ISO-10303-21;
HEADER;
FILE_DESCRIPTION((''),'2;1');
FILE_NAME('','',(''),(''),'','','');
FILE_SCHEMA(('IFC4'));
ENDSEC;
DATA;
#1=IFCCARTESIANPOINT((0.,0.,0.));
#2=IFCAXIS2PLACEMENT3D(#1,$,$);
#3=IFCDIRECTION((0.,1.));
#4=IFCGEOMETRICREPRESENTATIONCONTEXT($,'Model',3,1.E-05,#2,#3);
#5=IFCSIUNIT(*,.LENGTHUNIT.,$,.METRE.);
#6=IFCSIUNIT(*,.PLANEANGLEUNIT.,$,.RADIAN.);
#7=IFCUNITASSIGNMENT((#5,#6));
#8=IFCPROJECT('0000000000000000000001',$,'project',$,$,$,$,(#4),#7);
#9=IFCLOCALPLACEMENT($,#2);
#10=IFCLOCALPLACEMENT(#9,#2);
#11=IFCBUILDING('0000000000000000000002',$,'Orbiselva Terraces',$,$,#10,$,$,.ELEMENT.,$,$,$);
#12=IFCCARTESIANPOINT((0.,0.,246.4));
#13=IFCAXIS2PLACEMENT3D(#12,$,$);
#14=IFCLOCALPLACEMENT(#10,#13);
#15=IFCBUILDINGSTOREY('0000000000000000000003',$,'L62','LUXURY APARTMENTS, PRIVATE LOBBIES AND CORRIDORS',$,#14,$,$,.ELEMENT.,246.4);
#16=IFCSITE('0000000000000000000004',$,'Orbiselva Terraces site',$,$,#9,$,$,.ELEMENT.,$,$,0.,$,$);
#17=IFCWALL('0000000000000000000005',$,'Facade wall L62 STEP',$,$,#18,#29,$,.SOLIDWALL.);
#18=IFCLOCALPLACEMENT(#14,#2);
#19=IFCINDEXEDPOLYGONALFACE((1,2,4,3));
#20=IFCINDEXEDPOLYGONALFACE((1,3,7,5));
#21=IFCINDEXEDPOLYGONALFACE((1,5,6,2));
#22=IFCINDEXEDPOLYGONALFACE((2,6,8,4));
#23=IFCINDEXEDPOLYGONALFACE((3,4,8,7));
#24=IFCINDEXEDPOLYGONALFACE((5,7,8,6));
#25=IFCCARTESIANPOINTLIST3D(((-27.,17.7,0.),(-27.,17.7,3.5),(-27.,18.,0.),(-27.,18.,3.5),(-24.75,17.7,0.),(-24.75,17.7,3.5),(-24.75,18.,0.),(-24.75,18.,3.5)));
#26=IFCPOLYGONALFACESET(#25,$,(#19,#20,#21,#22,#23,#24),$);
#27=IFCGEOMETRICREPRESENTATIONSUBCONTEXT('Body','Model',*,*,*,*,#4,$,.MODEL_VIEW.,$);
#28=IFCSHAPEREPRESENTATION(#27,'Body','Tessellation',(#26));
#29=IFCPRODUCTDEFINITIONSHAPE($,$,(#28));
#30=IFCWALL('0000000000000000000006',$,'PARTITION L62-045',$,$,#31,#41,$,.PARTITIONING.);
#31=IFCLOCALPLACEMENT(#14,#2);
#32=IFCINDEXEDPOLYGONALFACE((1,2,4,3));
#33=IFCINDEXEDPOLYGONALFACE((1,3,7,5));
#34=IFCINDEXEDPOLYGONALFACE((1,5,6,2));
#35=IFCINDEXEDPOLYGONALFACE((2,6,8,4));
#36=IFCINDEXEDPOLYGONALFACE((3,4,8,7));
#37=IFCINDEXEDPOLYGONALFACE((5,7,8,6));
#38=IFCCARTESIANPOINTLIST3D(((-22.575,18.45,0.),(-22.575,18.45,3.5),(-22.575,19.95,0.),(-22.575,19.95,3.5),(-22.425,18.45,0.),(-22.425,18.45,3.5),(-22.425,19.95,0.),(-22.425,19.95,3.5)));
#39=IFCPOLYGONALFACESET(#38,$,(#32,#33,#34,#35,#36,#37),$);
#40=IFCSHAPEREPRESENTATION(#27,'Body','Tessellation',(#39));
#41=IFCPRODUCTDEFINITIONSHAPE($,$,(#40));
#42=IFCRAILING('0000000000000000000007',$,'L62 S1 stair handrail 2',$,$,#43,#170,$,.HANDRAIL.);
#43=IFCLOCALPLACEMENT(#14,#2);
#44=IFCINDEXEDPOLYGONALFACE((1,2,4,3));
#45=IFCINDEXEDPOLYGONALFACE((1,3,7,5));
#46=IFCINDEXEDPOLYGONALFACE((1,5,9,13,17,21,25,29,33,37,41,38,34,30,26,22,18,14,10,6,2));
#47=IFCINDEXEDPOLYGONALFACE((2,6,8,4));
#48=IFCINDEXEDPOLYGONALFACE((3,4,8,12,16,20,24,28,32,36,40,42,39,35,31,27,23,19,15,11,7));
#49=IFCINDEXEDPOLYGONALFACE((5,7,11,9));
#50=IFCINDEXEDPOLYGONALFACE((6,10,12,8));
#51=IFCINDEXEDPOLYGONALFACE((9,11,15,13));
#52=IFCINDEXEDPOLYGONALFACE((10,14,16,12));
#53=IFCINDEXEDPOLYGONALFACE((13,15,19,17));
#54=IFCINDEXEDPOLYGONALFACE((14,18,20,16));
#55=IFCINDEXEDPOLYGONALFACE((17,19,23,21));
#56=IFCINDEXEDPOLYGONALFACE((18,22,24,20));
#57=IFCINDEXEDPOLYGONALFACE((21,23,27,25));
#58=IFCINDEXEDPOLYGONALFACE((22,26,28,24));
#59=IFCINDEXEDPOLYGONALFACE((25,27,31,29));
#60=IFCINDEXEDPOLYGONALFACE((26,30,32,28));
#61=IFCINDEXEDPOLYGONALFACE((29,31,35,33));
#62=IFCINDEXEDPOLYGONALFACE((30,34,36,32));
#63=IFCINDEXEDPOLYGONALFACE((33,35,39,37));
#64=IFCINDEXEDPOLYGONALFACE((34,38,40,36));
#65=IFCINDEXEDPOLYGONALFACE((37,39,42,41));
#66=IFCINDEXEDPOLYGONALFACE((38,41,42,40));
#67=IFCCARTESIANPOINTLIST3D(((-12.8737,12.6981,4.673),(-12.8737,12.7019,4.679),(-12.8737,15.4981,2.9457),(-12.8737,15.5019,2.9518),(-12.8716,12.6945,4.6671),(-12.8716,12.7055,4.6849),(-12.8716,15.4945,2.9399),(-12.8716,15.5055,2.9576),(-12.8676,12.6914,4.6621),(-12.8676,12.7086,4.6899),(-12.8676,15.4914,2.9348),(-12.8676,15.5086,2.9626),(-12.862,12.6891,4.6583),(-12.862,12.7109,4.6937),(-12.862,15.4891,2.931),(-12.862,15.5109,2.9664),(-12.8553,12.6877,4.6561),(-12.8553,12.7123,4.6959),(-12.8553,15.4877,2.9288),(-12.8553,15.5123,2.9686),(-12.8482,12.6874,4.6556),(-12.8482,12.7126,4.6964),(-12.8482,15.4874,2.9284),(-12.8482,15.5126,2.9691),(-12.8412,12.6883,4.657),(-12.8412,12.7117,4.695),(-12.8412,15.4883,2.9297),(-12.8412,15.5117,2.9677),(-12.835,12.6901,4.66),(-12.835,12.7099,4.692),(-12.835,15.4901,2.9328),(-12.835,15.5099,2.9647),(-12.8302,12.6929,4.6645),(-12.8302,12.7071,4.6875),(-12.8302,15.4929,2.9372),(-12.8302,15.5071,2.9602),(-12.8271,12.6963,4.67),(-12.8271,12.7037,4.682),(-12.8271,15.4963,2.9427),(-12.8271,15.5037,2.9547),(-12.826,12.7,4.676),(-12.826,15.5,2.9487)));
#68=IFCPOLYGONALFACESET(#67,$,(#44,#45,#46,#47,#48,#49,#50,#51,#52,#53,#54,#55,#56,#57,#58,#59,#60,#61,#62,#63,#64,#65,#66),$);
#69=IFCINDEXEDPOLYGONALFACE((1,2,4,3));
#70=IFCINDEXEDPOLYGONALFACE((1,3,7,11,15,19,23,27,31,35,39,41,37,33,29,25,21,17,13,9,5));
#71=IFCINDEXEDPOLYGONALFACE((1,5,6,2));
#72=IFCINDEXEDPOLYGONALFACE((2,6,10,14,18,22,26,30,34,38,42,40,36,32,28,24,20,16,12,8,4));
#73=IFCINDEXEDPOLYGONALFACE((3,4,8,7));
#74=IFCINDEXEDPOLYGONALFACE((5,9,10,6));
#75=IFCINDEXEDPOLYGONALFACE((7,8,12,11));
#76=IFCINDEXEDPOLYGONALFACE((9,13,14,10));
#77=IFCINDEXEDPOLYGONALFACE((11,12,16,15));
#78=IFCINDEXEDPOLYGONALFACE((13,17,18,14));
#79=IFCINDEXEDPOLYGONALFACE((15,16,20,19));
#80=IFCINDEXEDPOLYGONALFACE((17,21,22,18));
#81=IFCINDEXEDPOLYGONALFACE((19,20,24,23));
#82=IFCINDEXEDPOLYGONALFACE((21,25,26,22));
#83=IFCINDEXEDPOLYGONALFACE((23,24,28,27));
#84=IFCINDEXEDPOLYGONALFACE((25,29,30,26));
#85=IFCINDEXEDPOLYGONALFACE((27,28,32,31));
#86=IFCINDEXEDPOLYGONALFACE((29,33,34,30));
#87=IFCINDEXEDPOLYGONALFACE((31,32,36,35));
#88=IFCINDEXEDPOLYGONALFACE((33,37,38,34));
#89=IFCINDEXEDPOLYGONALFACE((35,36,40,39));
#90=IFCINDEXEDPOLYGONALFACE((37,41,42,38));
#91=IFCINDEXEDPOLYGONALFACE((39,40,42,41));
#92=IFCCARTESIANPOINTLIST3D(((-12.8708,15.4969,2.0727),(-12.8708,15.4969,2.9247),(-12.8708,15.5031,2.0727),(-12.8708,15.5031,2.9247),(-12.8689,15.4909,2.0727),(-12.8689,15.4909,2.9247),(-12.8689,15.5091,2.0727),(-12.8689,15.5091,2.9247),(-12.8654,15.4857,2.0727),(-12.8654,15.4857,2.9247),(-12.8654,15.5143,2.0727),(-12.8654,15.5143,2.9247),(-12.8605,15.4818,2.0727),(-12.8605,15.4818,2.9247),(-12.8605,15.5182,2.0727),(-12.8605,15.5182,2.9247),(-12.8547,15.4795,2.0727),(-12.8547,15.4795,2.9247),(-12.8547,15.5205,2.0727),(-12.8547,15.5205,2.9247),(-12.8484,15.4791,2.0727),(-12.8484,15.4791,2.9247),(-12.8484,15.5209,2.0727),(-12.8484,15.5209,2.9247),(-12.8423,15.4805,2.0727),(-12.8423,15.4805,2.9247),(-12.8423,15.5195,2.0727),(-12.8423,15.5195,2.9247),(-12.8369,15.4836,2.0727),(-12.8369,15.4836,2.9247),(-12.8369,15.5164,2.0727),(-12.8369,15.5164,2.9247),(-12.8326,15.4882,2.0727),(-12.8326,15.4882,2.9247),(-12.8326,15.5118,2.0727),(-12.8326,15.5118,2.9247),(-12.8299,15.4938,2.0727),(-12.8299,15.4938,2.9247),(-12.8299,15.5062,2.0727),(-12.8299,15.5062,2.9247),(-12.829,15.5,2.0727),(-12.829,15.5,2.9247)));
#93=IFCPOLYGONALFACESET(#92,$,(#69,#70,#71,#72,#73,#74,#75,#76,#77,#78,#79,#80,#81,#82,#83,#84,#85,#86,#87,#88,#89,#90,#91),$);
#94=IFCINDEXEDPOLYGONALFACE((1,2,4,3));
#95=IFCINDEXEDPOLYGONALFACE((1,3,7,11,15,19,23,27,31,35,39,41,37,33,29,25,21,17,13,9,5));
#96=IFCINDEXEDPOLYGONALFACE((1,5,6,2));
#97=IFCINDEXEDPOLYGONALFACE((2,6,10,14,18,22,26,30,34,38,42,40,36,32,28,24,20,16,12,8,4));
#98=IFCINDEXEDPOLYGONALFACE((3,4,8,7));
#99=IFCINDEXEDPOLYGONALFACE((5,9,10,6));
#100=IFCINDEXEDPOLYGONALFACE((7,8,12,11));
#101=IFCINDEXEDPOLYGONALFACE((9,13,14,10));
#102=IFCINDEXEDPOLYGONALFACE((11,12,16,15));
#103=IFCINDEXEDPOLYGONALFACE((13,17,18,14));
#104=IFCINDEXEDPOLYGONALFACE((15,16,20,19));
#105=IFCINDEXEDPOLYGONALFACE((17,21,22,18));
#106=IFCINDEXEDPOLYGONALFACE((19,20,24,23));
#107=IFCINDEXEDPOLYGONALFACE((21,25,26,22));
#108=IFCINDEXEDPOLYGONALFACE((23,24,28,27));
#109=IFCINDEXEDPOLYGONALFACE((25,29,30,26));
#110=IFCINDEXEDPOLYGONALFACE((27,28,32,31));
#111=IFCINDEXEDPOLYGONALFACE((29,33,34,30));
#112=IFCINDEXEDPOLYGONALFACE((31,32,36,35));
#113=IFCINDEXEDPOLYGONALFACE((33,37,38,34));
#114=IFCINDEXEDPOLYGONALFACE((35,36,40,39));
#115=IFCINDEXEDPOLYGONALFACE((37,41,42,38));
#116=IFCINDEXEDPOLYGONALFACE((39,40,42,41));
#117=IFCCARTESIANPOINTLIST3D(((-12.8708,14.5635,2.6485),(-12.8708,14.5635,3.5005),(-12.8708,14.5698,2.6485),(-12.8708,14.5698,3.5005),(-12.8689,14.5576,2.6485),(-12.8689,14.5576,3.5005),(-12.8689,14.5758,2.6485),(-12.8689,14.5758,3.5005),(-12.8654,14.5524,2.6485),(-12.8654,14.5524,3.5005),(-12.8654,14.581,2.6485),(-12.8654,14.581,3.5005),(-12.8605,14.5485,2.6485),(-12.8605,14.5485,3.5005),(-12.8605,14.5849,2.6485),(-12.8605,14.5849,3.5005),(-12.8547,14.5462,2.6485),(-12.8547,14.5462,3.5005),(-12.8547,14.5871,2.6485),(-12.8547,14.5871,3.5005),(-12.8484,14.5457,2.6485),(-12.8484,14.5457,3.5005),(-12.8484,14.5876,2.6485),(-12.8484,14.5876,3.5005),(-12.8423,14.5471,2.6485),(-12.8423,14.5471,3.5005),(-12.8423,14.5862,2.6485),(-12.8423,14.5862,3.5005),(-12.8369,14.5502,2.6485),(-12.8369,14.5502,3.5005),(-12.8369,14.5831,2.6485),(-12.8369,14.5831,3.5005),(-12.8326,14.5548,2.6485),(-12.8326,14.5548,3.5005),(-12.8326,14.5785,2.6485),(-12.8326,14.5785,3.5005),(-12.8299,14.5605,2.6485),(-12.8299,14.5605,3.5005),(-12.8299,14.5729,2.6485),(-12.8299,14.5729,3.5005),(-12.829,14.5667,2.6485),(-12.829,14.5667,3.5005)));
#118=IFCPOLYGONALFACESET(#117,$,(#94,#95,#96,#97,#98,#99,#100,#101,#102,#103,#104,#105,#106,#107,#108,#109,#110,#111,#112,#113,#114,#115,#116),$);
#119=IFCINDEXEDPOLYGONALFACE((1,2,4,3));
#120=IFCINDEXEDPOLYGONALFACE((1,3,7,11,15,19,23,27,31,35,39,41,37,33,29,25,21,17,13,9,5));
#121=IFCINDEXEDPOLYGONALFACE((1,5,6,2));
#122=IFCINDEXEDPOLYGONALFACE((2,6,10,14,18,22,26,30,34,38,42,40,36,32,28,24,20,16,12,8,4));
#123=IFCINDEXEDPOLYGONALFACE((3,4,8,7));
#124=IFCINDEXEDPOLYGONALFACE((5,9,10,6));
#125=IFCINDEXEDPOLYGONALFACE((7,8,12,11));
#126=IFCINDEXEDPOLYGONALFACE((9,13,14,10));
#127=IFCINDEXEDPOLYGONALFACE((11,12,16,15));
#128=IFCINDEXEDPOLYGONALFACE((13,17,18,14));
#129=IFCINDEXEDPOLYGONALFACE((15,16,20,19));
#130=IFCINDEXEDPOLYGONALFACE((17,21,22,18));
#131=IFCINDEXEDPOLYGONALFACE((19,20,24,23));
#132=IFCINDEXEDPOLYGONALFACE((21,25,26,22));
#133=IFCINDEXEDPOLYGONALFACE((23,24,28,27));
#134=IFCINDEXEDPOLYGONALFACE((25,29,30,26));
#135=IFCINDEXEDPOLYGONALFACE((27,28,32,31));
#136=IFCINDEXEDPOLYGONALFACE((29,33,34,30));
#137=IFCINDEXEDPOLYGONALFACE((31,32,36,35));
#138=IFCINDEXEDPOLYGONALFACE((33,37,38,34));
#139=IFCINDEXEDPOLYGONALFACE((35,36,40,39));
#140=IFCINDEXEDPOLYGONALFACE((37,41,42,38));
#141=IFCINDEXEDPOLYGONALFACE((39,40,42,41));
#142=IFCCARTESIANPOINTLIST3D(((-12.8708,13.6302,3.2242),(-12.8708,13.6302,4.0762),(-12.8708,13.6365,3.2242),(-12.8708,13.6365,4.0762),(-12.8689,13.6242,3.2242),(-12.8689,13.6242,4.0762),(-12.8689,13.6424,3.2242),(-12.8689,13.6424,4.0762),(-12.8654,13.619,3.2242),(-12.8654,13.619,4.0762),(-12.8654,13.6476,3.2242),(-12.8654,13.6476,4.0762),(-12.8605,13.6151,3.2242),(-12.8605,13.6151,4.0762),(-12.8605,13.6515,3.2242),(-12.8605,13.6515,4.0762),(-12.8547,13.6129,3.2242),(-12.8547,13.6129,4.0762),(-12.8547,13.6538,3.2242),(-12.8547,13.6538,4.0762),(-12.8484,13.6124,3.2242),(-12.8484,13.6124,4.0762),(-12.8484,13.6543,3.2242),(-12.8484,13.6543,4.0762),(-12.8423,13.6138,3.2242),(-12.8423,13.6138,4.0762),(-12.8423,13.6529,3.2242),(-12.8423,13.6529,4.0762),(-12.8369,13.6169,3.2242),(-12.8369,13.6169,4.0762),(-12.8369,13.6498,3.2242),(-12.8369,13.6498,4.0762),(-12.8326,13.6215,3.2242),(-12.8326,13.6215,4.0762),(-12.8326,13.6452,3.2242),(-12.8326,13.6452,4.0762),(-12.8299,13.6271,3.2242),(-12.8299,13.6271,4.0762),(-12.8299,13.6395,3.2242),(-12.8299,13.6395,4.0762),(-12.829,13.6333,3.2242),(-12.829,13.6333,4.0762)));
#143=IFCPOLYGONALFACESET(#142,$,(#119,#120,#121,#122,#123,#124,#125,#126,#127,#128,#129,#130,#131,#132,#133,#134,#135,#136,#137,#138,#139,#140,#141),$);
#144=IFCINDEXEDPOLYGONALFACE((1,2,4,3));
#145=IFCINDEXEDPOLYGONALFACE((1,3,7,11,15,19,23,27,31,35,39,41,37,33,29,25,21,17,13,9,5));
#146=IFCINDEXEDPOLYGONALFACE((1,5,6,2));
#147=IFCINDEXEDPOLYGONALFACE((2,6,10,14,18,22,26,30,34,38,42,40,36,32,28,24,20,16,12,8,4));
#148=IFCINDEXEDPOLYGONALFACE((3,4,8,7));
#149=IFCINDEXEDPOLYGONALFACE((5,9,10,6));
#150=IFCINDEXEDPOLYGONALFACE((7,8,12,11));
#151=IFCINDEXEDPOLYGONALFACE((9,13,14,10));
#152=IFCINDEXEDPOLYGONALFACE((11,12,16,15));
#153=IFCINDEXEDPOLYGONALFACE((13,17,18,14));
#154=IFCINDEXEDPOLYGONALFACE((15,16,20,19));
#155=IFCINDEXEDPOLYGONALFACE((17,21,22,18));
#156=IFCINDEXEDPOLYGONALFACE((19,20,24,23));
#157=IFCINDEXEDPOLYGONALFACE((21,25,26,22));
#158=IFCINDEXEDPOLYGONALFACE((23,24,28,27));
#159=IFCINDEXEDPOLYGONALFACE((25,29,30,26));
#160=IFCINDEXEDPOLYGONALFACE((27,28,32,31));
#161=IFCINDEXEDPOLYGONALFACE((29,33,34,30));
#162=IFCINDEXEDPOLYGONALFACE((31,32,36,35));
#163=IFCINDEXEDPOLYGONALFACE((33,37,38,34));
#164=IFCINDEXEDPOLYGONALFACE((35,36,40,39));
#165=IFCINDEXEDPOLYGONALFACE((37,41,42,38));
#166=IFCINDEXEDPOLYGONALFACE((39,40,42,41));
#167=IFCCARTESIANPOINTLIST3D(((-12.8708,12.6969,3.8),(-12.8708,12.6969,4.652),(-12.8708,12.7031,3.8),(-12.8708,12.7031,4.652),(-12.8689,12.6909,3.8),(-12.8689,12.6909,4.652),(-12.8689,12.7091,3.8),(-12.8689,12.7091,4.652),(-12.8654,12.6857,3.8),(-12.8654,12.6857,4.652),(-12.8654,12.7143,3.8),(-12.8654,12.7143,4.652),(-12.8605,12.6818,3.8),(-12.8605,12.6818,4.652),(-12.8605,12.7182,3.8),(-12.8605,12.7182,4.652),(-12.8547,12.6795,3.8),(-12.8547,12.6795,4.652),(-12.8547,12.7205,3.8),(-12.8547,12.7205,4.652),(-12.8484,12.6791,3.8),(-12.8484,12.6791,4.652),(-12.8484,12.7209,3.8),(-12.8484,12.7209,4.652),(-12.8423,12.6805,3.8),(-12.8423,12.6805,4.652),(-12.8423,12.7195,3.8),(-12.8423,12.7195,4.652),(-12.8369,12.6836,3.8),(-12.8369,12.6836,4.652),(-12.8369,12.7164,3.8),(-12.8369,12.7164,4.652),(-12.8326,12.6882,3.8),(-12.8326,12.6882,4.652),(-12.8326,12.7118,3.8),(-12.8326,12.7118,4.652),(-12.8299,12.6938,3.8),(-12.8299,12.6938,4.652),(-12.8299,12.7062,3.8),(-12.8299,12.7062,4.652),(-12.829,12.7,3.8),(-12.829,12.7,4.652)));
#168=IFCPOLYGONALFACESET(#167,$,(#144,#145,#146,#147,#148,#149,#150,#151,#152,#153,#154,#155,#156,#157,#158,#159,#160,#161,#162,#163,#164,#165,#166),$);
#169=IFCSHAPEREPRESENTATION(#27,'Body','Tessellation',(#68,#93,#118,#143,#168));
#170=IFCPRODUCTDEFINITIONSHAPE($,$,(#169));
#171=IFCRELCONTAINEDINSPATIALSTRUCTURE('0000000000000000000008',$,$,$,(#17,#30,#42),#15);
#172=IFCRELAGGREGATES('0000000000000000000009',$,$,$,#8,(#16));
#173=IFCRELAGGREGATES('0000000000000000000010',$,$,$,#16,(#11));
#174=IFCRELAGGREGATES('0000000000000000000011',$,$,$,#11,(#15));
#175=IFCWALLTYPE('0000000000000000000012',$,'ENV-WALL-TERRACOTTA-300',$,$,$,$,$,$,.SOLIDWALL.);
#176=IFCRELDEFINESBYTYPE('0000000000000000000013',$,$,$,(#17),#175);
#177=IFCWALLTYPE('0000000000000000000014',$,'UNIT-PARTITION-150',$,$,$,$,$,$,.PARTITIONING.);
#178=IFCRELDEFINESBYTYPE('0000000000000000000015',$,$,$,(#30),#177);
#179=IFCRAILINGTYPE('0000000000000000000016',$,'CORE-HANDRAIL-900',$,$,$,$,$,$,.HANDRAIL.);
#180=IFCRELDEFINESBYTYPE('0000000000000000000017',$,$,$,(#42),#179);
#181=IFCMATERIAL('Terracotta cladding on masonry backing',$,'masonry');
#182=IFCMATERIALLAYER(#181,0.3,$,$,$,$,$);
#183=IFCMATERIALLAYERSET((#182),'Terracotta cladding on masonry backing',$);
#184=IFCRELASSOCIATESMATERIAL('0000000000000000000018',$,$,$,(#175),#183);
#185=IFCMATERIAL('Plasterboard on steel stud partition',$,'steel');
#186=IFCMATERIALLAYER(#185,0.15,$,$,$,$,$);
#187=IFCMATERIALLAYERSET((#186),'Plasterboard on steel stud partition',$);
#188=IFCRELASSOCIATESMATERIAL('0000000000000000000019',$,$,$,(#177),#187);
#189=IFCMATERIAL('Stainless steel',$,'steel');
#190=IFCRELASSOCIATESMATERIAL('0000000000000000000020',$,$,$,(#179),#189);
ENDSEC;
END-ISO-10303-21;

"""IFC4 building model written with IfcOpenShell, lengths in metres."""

from ifc_helpers import new_model, si_unit, direction, frame, frame_2d, origin, origin_2d, place, context, subcontext, project, spatial, rectangle, circle, extrude, material, layer, layer_set, type_object, element, save


model = new_model("IFC4")

# Units and contexts
model_context = context("Model", 3, precision=1e-05, world=origin(), true_north=direction((0.0, 1.0)))
body_context = subcontext(model_context, "Body", "Model", "MODEL_VIEW")
ifc_project = project(units=[si_unit("LENGTHUNIT", "METRE"), si_unit("PLANEANGLEUNIT", "RADIAN")], contexts=[model_context])

# Site, building, storey
site_placement = place(None, origin())
site = spatial("IfcSite", under=ifc_project, at=site_placement, Name="Orbiselva Terraces site", CompositionType="ELEMENT", RefElevation=0.0)
building_placement = place(site_placement, origin())
building = spatial("IfcBuilding", under=site, at=building_placement, Name="Orbiselva Terraces", CompositionType="ELEMENT")
storey_placement = place(building_placement, frame((0.0, 0.0, 246.4)))
storey = spatial("IfcBuildingStorey", under=building, at=storey_placement, Name="L62", Description="LUXURY APARTMENTS, PRIVATE LOBBIES AND CORRIDORS", CompositionType="ELEMENT", Elevation=246.4)

# Shared definitions
ifc_material_1 = material(Name="Terracotta cladding on masonry backing", Category="masonry")
ifc_layer_1 = layer(ifc_material_1, 0.3)
ifc_layer_set_1 = layer_set([ifc_layer_1], Name="Terracotta cladding on masonry backing")
wall_type_1 = type_object("IfcWallType", Name="ENV-WALL-TERRACOTTA-300", PredefinedType="SOLIDWALL", material=ifc_layer_set_1)

# Walls
wall_1_placement = place(storey_placement, frame((-27.0, 17.85, 0.0), z_axis=(0.0, 0.0, 1.0), x_axis=(1.0, 0.0, 0.0)))
element("IfcWall", 1, at=wall_1_placement, inside=storey, type_object=wall_type_1, Name="Facade wall L62 STEP", PredefinedType="SOLIDWALL", context=body_context, shape_type="SweptSolid", body=[
    extrude(rectangle(XDim=2.25, YDim=0.3, at=frame_2d((1.125, 0.0))), origin(), (0.0, 0.0, 1.0), 3.5),
])
ifc_material_2 = material(Name="Plasterboard on steel stud partition", Category="steel")
ifc_layer_2 = layer(ifc_material_2, 0.15)
ifc_layer_set_2 = layer_set([ifc_layer_2], Name="Plasterboard on steel stud partition")
wall_type_2 = type_object("IfcWallType", Name="UNIT-PARTITION-150", PredefinedType="PARTITIONING", material=ifc_layer_set_2)
wall_2_placement = place(storey_placement, frame((-22.5, 18.45, 0.0), z_axis=(0.0, 0.0, 1.0), x_axis=(0.0, 1.0, 0.0)))
element("IfcWall", 2, at=wall_2_placement, inside=storey, type_object=wall_type_2, Name="PARTITION L62-045", PredefinedType="PARTITIONING", context=body_context, shape_type="SweptSolid", body=[
    extrude(rectangle(XDim=1.5, YDim=0.15, at=frame_2d((0.75, 0.0))), origin(), (0.0, 0.0, 1.0), 3.5),
])

# Railing
ifc_material_3 = material(Name="Stainless steel", Category="steel")
railing_type_1 = type_object("IfcRailingType", Name="CORE-HANDRAIL-900", PredefinedType="HANDRAIL", material=ifc_material_3)
railing_1_placement = place(storey_placement, frame((-12.85, 15.5, 2.0727)))
element("IfcRailing", 3, at=railing_1_placement, inside=storey, type_object=railing_type_1, Name="L62 S1 stair handrail 2", PredefinedType="HANDRAIL", context=body_context, shape_type="SweptSolid", body=[
    extrude(circle(Radius=0.024, at=origin_2d()), frame((0.0, 0.0, 0.876), z_axis=(0.0, -0.851089, 0.525022), x_axis=(1.0, 0.0, 0.0)), (0.0, 0.0, 1.0), 3.2899),
    extrude(circle(Radius=0.021, at=origin_2d()), origin(), (0.0, 0.0, 1.0), 0.852),
    extrude(circle(Radius=0.021, at=origin_2d()), frame((0.0, -0.9333, 0.5758)), (0.0, 0.0, 1.0), 0.852),
    extrude(circle(Radius=0.021, at=origin_2d()), frame((0.0, -1.8667, 1.1515)), (0.0, 0.0, 1.0), 0.852),
    extrude(circle(Radius=0.021, at=origin_2d()), frame((0.0, -2.8, 1.7273)), (0.0, 0.0, 1.0), 0.852),
])

save(model, "model.ifc")
